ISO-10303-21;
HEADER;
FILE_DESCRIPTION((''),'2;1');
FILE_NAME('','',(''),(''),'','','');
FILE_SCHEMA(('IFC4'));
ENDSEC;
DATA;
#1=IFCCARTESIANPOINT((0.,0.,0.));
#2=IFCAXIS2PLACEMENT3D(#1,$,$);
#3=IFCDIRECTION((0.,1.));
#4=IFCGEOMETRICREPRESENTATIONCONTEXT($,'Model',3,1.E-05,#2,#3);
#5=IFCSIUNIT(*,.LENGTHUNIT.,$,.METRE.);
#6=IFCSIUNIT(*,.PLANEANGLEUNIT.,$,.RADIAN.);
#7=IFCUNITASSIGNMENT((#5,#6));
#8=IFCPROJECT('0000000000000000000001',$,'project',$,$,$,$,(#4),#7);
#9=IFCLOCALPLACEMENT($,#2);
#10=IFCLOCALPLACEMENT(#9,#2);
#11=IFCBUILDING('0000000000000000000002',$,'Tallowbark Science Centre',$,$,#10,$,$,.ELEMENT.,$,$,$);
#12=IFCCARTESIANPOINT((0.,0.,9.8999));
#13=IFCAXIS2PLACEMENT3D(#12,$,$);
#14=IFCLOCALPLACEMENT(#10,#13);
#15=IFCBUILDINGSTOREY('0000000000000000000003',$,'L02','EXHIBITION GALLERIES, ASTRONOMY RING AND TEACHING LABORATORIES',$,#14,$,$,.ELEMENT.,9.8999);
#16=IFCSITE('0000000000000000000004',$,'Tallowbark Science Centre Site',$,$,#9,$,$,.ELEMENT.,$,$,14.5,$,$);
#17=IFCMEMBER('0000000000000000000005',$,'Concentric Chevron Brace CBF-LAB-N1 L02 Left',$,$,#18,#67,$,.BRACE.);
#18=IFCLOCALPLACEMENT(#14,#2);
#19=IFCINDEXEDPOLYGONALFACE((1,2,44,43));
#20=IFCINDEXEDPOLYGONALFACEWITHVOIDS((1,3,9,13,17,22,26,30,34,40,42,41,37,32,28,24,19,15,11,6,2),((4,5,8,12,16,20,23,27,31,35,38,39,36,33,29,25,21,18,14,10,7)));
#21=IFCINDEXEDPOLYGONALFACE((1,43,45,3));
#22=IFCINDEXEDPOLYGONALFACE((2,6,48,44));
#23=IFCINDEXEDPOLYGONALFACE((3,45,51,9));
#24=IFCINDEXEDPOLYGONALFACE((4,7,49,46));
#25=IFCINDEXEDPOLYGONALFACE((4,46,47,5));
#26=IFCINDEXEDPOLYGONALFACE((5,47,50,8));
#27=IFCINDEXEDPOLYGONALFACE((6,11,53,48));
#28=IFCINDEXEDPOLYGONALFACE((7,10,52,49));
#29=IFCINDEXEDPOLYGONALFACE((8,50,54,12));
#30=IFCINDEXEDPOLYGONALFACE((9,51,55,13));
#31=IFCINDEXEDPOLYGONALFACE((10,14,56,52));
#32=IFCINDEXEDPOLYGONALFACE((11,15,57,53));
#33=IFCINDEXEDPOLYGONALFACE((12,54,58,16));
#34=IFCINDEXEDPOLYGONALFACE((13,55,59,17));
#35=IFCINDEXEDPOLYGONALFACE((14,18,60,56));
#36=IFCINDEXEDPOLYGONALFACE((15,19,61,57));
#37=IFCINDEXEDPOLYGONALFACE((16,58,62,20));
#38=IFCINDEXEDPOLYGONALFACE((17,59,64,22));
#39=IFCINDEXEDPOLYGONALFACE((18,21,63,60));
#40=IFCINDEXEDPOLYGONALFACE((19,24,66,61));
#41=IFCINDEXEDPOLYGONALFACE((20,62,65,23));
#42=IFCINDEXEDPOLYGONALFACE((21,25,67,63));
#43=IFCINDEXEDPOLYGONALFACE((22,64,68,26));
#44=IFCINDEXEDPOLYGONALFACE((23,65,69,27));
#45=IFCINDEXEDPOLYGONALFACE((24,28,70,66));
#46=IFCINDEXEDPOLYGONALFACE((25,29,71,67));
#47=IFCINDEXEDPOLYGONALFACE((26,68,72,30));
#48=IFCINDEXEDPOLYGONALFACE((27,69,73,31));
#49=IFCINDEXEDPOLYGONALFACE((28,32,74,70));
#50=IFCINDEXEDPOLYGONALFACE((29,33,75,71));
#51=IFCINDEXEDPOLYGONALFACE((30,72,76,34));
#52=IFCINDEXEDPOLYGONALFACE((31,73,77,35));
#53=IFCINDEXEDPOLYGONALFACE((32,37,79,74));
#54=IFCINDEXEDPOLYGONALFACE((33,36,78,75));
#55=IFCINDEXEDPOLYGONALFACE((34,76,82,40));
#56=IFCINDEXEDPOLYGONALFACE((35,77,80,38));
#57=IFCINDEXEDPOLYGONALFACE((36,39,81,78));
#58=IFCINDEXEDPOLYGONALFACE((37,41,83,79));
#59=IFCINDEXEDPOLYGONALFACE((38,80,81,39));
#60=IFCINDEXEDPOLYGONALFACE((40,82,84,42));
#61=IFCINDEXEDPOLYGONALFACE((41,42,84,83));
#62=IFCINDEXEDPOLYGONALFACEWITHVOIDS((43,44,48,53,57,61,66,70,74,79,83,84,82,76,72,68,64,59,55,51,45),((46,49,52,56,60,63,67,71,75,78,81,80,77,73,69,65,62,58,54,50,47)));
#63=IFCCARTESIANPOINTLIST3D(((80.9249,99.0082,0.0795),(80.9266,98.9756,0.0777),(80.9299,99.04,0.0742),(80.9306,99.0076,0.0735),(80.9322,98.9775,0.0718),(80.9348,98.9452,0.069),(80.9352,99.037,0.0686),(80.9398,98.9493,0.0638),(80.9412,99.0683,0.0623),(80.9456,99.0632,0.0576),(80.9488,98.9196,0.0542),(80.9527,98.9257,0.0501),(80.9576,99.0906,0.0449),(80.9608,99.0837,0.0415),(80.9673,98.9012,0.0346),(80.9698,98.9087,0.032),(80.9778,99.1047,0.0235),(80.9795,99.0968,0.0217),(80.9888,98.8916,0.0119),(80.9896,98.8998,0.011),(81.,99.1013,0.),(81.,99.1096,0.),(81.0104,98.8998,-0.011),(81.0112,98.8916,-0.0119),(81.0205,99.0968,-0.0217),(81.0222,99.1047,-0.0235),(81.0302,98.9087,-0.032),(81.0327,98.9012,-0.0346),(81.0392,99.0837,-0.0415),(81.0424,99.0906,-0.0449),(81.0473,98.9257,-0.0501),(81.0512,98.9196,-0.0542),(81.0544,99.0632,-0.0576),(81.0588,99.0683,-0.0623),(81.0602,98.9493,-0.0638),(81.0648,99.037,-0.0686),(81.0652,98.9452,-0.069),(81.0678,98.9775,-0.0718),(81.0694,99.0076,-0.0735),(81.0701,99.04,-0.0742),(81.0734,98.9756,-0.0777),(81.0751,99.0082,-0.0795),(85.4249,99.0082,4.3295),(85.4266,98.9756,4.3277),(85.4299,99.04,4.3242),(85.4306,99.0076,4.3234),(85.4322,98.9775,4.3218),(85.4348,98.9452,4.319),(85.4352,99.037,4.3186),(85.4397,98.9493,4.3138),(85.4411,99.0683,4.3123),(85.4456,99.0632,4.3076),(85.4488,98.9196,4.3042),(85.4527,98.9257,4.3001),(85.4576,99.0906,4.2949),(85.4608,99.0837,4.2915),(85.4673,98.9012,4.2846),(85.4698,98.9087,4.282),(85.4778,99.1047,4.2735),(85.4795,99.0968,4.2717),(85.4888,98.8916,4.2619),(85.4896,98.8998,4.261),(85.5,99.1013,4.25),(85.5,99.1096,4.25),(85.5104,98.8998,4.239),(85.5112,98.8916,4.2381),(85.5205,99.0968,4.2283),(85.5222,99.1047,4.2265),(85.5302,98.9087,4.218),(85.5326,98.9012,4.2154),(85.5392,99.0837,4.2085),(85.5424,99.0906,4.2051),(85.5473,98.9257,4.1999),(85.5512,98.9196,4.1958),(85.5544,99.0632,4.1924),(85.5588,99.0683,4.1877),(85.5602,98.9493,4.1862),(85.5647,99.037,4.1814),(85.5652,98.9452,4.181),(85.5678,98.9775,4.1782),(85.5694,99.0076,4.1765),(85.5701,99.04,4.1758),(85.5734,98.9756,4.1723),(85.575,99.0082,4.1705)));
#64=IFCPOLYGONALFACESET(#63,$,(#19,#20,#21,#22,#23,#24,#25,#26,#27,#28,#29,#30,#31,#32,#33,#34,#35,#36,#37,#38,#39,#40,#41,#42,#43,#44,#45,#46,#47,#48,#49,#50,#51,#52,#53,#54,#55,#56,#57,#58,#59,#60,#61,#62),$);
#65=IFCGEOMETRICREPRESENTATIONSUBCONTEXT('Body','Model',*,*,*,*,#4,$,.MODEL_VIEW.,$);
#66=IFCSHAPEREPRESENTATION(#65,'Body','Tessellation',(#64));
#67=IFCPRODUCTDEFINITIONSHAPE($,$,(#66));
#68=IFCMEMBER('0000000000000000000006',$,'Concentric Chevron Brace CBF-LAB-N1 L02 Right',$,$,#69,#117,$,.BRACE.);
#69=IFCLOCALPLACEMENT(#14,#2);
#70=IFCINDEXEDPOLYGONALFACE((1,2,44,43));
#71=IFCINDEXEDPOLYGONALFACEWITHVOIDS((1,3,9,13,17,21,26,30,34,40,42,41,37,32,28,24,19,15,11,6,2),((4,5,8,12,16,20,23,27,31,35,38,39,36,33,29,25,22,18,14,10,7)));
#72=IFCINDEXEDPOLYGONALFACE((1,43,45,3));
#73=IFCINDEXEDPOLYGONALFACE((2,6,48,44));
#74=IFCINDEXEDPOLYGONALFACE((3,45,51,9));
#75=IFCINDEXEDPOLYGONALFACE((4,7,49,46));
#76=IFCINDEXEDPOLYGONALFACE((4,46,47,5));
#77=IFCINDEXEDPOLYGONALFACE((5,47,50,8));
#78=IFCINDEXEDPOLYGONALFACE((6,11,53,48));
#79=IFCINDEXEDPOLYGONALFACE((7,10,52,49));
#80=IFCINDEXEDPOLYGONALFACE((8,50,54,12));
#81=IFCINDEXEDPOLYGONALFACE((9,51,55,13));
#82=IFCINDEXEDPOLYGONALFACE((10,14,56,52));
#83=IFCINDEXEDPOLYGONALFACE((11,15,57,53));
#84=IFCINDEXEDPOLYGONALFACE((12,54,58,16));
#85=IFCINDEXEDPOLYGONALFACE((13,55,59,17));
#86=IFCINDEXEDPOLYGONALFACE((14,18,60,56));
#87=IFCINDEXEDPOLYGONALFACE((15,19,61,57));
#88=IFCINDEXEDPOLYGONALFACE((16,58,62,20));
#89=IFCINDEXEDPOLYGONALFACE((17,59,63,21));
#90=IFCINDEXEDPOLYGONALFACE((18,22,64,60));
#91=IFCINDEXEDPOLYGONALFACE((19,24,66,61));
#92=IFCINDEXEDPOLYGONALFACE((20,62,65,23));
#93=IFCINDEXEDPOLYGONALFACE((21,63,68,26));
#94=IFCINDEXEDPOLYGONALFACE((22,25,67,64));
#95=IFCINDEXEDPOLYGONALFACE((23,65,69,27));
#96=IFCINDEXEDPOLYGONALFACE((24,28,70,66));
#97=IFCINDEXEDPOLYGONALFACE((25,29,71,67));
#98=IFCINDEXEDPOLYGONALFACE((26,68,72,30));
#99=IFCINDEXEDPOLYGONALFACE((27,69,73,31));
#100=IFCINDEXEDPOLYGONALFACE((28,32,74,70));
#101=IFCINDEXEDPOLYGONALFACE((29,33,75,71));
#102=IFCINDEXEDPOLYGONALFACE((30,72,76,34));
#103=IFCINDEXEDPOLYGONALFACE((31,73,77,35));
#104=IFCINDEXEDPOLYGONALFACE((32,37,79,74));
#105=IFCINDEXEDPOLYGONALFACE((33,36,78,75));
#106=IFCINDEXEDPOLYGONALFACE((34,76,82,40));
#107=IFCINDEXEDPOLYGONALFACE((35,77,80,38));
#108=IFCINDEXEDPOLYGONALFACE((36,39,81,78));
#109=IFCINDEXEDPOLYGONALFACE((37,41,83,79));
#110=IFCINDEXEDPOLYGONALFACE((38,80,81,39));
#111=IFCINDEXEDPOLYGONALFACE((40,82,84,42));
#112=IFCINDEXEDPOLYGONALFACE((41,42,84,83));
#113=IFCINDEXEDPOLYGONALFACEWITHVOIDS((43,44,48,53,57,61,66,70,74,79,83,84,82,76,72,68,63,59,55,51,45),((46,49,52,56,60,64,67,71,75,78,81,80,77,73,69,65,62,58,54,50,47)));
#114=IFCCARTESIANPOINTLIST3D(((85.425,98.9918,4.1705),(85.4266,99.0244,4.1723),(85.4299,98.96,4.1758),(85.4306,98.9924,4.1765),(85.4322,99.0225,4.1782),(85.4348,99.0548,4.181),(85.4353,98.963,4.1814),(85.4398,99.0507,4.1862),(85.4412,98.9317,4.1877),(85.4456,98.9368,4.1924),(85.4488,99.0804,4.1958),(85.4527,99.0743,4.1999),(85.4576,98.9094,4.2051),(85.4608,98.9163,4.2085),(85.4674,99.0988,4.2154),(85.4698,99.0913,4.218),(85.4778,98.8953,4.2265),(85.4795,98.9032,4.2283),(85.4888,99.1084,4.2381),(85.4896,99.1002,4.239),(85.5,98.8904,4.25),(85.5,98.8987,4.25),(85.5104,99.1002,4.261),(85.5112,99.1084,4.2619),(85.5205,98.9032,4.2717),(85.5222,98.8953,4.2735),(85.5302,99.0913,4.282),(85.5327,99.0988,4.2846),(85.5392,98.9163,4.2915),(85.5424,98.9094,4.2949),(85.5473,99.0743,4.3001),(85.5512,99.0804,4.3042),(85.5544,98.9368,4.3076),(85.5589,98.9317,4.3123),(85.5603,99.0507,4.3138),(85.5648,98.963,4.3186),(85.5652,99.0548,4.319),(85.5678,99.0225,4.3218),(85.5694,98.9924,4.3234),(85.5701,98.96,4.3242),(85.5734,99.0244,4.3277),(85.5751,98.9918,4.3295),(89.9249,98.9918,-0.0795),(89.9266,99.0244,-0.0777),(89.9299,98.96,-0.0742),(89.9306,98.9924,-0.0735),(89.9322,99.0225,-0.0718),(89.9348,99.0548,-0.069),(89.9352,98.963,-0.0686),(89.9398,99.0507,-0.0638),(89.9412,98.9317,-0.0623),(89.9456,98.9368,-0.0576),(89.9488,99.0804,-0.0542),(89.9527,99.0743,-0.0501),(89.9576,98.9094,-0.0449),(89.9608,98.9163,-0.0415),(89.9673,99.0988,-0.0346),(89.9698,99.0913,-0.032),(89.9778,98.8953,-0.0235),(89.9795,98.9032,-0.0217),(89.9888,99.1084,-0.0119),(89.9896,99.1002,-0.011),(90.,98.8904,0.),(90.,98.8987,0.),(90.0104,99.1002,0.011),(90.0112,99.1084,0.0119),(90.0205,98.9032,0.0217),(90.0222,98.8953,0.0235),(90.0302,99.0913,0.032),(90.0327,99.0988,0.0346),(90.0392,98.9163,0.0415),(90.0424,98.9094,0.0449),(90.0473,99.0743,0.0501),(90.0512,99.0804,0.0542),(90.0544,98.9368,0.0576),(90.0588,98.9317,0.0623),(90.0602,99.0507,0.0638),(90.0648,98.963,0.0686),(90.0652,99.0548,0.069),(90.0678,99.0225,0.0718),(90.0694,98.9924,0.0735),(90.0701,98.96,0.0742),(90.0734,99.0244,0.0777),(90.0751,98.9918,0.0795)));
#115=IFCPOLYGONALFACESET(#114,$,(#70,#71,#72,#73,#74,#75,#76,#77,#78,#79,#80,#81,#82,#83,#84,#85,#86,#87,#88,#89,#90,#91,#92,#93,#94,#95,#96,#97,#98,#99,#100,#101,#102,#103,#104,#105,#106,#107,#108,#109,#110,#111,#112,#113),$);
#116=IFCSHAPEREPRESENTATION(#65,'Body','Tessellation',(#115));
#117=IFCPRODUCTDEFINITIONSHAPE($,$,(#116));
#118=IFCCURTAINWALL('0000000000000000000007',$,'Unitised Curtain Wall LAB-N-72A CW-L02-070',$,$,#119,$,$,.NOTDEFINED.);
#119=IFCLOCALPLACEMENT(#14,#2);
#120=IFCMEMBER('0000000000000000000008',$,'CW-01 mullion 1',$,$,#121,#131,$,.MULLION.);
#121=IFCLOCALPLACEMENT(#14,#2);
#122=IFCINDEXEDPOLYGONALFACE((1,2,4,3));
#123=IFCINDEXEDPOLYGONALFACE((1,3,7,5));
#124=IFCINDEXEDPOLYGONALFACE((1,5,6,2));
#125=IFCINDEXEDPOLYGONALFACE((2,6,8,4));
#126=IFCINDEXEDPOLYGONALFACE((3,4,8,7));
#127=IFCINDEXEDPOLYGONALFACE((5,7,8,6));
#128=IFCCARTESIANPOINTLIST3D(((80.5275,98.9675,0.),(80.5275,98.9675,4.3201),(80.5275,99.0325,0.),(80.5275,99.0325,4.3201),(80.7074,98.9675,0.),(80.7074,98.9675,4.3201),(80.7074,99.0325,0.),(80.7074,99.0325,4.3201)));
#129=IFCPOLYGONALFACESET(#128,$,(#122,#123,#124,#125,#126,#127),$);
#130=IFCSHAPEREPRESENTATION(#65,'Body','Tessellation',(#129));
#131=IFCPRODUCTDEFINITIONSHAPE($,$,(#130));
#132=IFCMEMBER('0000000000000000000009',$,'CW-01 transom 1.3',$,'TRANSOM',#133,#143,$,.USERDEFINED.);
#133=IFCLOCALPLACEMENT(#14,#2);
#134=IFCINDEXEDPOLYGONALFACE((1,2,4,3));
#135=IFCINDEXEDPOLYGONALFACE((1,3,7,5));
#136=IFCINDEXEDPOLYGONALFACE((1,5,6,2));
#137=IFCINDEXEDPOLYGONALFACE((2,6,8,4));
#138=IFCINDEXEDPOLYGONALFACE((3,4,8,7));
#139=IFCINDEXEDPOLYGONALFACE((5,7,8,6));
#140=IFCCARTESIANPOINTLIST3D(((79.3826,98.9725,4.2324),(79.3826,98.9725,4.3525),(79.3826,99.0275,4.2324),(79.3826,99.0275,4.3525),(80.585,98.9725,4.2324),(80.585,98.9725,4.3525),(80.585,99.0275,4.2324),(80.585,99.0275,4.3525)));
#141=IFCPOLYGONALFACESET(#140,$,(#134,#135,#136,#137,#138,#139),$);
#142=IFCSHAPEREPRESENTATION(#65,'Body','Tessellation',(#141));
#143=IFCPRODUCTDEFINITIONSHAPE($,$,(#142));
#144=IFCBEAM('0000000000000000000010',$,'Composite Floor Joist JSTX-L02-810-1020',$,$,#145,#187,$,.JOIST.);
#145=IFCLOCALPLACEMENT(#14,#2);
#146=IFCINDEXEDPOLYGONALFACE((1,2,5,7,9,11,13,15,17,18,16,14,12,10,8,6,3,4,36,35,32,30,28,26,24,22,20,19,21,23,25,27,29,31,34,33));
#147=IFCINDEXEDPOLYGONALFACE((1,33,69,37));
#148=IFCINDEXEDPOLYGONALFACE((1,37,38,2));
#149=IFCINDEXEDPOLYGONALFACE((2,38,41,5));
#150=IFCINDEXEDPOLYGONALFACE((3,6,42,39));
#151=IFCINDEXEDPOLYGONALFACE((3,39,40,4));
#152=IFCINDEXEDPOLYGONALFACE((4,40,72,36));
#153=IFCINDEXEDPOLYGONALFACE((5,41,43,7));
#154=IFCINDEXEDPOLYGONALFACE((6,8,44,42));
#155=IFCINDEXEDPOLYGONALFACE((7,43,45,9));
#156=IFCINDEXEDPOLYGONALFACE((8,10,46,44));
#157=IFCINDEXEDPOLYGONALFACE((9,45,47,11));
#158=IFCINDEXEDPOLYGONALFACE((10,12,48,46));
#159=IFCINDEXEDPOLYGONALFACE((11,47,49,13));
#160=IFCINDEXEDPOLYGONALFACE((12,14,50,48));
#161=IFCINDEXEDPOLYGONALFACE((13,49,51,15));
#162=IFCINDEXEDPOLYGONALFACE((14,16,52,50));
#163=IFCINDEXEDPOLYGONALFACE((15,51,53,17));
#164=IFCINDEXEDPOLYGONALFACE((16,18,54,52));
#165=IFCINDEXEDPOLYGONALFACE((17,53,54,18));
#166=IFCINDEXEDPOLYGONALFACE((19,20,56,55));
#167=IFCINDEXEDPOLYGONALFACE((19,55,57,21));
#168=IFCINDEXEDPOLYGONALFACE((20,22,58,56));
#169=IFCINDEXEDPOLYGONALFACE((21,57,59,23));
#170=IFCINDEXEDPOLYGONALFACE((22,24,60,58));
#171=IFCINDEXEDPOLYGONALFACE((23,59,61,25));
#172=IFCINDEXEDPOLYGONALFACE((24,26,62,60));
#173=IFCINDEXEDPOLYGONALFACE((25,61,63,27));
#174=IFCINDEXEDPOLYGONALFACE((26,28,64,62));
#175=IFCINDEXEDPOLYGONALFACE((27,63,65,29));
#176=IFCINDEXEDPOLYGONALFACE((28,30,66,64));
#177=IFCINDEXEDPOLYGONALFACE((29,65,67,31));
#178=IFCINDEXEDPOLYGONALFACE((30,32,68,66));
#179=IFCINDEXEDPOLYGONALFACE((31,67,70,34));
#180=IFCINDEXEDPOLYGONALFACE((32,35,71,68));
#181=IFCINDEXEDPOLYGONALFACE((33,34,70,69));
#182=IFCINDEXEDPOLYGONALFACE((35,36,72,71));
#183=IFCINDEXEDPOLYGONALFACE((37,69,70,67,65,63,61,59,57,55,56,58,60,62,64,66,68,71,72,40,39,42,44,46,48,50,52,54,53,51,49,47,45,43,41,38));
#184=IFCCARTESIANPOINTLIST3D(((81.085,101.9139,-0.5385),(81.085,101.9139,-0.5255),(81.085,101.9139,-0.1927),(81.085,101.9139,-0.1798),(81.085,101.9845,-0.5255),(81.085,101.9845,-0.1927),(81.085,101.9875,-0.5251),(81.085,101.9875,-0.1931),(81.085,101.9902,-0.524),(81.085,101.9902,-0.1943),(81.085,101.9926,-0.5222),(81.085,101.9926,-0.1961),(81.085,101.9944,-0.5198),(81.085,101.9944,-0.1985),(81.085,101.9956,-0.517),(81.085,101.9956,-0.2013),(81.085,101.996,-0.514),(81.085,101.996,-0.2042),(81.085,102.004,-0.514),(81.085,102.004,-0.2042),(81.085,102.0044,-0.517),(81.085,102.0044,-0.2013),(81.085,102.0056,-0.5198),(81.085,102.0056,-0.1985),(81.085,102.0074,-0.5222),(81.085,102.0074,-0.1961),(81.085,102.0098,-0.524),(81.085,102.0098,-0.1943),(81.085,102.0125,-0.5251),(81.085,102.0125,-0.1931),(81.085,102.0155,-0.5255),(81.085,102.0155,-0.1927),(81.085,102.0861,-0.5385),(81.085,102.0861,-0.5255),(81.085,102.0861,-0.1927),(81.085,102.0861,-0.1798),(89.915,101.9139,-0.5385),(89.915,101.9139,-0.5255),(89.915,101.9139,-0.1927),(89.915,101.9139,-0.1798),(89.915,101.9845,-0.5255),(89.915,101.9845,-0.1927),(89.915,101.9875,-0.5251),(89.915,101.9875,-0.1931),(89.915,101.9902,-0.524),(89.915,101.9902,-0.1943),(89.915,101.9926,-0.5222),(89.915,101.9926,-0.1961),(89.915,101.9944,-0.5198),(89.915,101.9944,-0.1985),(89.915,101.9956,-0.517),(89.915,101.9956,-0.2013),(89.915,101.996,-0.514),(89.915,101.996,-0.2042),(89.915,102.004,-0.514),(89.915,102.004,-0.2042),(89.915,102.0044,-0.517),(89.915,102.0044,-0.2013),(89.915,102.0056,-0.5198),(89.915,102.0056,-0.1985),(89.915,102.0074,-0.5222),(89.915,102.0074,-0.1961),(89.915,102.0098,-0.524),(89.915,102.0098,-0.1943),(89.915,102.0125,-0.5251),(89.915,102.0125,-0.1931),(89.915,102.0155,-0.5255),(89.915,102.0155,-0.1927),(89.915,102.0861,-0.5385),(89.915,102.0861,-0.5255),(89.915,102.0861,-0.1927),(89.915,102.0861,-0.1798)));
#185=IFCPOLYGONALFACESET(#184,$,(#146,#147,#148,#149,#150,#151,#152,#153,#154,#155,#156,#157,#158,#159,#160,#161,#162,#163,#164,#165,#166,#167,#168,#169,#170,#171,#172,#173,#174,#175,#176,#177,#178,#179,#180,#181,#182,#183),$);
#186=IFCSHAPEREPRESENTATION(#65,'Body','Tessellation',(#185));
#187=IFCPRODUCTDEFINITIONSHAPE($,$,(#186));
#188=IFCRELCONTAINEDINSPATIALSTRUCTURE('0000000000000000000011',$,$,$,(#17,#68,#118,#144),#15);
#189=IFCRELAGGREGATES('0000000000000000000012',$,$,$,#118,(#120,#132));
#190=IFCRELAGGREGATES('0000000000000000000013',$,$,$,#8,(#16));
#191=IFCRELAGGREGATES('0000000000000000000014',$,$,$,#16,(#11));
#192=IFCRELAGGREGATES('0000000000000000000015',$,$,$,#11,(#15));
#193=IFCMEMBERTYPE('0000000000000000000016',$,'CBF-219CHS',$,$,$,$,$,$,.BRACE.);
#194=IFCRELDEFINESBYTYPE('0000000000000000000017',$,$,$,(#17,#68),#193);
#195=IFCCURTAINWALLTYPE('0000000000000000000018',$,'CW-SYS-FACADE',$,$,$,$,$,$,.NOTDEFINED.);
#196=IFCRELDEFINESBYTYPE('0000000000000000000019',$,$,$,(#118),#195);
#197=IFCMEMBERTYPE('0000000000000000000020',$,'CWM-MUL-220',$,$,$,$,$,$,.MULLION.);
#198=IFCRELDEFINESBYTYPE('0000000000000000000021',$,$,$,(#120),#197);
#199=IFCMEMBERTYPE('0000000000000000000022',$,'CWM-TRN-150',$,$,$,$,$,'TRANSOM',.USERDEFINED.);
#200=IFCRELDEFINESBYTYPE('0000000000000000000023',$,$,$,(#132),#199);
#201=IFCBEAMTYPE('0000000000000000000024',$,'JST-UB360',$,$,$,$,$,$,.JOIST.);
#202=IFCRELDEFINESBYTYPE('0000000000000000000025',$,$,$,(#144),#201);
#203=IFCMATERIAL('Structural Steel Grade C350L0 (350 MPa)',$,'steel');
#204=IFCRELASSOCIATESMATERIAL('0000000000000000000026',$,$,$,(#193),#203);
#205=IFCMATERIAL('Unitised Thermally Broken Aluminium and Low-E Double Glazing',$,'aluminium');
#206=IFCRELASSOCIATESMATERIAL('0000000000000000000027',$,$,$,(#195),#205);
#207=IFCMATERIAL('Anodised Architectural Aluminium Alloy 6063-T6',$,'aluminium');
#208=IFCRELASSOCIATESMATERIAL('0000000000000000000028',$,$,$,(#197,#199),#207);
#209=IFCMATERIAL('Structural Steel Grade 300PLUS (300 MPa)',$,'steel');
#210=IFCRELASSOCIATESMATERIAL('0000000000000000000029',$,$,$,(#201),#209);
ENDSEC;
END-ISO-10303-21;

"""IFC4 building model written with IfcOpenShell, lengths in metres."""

from ifc_helpers import new_model, si_unit, direction, frame, origin, origin_2d, place, context, subcontext, project, spatial, rectangle, hollow_circle, i_section, extrude, material, material_profile, profile_set, type_object, element, aggregate, save


model = new_model("IFC4")

# Units and contexts
model_context = context("Model", 3, precision=1e-05, world=origin(), true_north=direction((0.0, 1.0)))
body_context = subcontext(model_context, "Body", "Model", "MODEL_VIEW")
ifc_project = project(units=[si_unit("LENGTHUNIT", "METRE"), si_unit("PLANEANGLEUNIT", "RADIAN")], contexts=[model_context])

# Site, building, storey
site_placement = place(None, origin())
site = spatial("IfcSite", under=ifc_project, at=site_placement, Name="Tallowbark Science Centre Site", CompositionType="ELEMENT", RefElevation=14.5)
building_placement = place(site_placement, origin())
building = spatial("IfcBuilding", under=site, at=building_placement, Name="Tallowbark Science Centre", CompositionType="ELEMENT")
storey_placement = place(building_placement, frame((0.0, 0.0, 9.8999)))
storey = spatial("IfcBuildingStorey", under=building, at=storey_placement, Name="L02", Description="EXHIBITION GALLERIES, ASTRONOMY RING AND TEACHING LABORATORIES", CompositionType="ELEMENT", Elevation=9.8999)

# Shared definitions
ifc_material_1 = material(Name="Structural Steel Grade 300PLUS (300 MPa)", Category="steel")

# Members
ifc_material_2 = material(Name="Structural Steel Grade C350L0 (350 MPa)", Category="steel")
ifc_material_profile_1 = material_profile(ifc_material_2, hollow_circle(Radius=0.1096, WallThickness=0.0083, at=origin_2d()), Name="219.1x8.2CHS")
ifc_profile_set_1 = profile_set([ifc_material_profile_1], Name="Structural Steel Grade C350L0 (350 MPa)")
member_type_1 = type_object("IfcMemberType", Name="CBF-219CHS", PredefinedType="BRACE", material=ifc_profile_set_1)
for number, where, z_axis, x_axis, name in (
    (1, (81.0, 99.0, 0.0), (0.727013, 0.0, 0.686624), (0.0, 1.0, 0.0), "Concentric Chevron Brace CBF-LAB-N1 L02 Left"),
    (2, (90.0, 99.0, 0.0), (-0.727013, 0.0, 0.686624), (0.0, -1.0, 0.0), "Concentric Chevron Brace CBF-LAB-N1 L02 Right"),
):
    element("IfcMember", number, at=place(storey_placement, frame(where, z_axis=z_axis, x_axis=x_axis)), inside=storey, type_object=member_type_1, Name=name, PredefinedType="BRACE", context=body_context, shape_type="SweptSolid", body=[
        extrude(hollow_circle(Radius=0.1096, WallThickness=0.0083, at=origin_2d()), origin(), (0.0, 0.0, 1.0), 6.1897),
    ])

# Curtain wall, members
ifc_material_3 = material(Name="Unitised Thermally Broken Aluminium and Low-E Double Glazing", Category="aluminium")
curtain_wall_type = type_object("IfcCurtainWallType", Name="CW-SYS-FACADE", PredefinedType="NOTDEFINED", material=ifc_material_3)
curtain_wall_placement = place(storey_placement, origin())
curtain_wall = element("IfcCurtainWall", 3, at=curtain_wall_placement, inside=storey, type_object=curtain_wall_type, Name="Unitised Curtain Wall LAB-N-72A CW-L02-070", PredefinedType="NOTDEFINED")
ifc_material_4 = material(Name="Anodised Architectural Aluminium Alloy 6063-T6", Category="aluminium")
ifc_material_profile_2 = material_profile(ifc_material_4, rectangle(XDim=0.0649, YDim=0.1799, at=origin_2d()), Name="ALU65x180")
ifc_profile_set_2 = profile_set([ifc_material_profile_2], Name="Anodised Architectural Aluminium Alloy 6063-T6")
member_type_2 = type_object("IfcMemberType", Name="CWM-MUL-220", PredefinedType="MULLION", material=ifc_profile_set_2)
member_1_placement = place(storey_placement, frame((80.6174, 99.0, 0.0), z_axis=(0.0, 0.0, 1.0), x_axis=(0.0, -1.0, 0.0)))
member_1 = element("IfcMember", 4, at=member_1_placement, type_object=member_type_2, Name="CW-01 mullion 1", PredefinedType="MULLION", context=body_context, shape_type="SweptSolid", body=[
    extrude(rectangle(XDim=0.0649, YDim=0.1799, at=origin_2d()), origin(), (0.0, 0.0, 1.0), 4.3201),
])
ifc_material_profile_3 = material_profile(ifc_material_4, rectangle(XDim=0.0549, YDim=0.1201, at=origin_2d()), Name="ALU55x120")
ifc_profile_set_3 = profile_set([ifc_material_profile_3], Name="Anodised Architectural Aluminium Alloy 6063-T6")
member_type_3 = type_object("IfcMemberType", Name="CWM-TRN-150", ElementType="TRANSOM", PredefinedType="USERDEFINED", material=ifc_profile_set_3)
member_2_placement = place(storey_placement, frame((80.585, 99.0, 4.2925), z_axis=(-1.0, 0.0, 0.0), x_axis=(0.0, -1.0, 0.0)))
member_2 = element("IfcMember", 5, at=member_2_placement, type_object=member_type_3, Name="CW-01 transom 1.3", ObjectType="TRANSOM", PredefinedType="USERDEFINED", context=body_context, shape_type="SweptSolid", body=[
    extrude(rectangle(XDim=0.0549, YDim=0.1201, at=origin_2d()), origin(), (0.0, 0.0, 1.0), 1.2024),
])
aggregate(curtain_wall, [member_1, member_2])

# Beam
ifc_material_profile_4 = material_profile(ifc_material_1, i_section(OverallWidth=0.1721, OverallDepth=0.3586, WebThickness=0.0081, FlangeThickness=0.0129, FilletRadius=0.0115, at=origin_2d()), Name="360UB56.7")
ifc_profile_set_4 = profile_set([ifc_material_profile_4], Name="Structural Steel Grade 300PLUS (300 MPa)")
beam_type_1 = type_object("IfcBeamType", Name="JST-UB360", PredefinedType="JOIST", material=ifc_profile_set_4)
for number, where, z_axis, x_axis, name in (
    (6, (81.085, 102.0, -0.3591), (1.0, 0.0, 0.0), (0.0, 1.0, 0.0), "Composite Floor Joist JSTX-L02-810-1020"),
):
    element("IfcBeam", number, at=place(storey_placement, frame(where, z_axis=z_axis, x_axis=x_axis)), inside=storey, type_object=beam_type_1, Name=name, PredefinedType="JOIST", context=body_context, shape_type="SweptSolid", body=[
        extrude(i_section(OverallWidth=0.1721, OverallDepth=0.3586, WebThickness=0.0081, FlangeThickness=0.0129, FilletRadius=0.0115, at=origin_2d()), origin(), (0.0, 0.0, 1.0), 8.8301),
    ])

save(model, "model.ifc")
